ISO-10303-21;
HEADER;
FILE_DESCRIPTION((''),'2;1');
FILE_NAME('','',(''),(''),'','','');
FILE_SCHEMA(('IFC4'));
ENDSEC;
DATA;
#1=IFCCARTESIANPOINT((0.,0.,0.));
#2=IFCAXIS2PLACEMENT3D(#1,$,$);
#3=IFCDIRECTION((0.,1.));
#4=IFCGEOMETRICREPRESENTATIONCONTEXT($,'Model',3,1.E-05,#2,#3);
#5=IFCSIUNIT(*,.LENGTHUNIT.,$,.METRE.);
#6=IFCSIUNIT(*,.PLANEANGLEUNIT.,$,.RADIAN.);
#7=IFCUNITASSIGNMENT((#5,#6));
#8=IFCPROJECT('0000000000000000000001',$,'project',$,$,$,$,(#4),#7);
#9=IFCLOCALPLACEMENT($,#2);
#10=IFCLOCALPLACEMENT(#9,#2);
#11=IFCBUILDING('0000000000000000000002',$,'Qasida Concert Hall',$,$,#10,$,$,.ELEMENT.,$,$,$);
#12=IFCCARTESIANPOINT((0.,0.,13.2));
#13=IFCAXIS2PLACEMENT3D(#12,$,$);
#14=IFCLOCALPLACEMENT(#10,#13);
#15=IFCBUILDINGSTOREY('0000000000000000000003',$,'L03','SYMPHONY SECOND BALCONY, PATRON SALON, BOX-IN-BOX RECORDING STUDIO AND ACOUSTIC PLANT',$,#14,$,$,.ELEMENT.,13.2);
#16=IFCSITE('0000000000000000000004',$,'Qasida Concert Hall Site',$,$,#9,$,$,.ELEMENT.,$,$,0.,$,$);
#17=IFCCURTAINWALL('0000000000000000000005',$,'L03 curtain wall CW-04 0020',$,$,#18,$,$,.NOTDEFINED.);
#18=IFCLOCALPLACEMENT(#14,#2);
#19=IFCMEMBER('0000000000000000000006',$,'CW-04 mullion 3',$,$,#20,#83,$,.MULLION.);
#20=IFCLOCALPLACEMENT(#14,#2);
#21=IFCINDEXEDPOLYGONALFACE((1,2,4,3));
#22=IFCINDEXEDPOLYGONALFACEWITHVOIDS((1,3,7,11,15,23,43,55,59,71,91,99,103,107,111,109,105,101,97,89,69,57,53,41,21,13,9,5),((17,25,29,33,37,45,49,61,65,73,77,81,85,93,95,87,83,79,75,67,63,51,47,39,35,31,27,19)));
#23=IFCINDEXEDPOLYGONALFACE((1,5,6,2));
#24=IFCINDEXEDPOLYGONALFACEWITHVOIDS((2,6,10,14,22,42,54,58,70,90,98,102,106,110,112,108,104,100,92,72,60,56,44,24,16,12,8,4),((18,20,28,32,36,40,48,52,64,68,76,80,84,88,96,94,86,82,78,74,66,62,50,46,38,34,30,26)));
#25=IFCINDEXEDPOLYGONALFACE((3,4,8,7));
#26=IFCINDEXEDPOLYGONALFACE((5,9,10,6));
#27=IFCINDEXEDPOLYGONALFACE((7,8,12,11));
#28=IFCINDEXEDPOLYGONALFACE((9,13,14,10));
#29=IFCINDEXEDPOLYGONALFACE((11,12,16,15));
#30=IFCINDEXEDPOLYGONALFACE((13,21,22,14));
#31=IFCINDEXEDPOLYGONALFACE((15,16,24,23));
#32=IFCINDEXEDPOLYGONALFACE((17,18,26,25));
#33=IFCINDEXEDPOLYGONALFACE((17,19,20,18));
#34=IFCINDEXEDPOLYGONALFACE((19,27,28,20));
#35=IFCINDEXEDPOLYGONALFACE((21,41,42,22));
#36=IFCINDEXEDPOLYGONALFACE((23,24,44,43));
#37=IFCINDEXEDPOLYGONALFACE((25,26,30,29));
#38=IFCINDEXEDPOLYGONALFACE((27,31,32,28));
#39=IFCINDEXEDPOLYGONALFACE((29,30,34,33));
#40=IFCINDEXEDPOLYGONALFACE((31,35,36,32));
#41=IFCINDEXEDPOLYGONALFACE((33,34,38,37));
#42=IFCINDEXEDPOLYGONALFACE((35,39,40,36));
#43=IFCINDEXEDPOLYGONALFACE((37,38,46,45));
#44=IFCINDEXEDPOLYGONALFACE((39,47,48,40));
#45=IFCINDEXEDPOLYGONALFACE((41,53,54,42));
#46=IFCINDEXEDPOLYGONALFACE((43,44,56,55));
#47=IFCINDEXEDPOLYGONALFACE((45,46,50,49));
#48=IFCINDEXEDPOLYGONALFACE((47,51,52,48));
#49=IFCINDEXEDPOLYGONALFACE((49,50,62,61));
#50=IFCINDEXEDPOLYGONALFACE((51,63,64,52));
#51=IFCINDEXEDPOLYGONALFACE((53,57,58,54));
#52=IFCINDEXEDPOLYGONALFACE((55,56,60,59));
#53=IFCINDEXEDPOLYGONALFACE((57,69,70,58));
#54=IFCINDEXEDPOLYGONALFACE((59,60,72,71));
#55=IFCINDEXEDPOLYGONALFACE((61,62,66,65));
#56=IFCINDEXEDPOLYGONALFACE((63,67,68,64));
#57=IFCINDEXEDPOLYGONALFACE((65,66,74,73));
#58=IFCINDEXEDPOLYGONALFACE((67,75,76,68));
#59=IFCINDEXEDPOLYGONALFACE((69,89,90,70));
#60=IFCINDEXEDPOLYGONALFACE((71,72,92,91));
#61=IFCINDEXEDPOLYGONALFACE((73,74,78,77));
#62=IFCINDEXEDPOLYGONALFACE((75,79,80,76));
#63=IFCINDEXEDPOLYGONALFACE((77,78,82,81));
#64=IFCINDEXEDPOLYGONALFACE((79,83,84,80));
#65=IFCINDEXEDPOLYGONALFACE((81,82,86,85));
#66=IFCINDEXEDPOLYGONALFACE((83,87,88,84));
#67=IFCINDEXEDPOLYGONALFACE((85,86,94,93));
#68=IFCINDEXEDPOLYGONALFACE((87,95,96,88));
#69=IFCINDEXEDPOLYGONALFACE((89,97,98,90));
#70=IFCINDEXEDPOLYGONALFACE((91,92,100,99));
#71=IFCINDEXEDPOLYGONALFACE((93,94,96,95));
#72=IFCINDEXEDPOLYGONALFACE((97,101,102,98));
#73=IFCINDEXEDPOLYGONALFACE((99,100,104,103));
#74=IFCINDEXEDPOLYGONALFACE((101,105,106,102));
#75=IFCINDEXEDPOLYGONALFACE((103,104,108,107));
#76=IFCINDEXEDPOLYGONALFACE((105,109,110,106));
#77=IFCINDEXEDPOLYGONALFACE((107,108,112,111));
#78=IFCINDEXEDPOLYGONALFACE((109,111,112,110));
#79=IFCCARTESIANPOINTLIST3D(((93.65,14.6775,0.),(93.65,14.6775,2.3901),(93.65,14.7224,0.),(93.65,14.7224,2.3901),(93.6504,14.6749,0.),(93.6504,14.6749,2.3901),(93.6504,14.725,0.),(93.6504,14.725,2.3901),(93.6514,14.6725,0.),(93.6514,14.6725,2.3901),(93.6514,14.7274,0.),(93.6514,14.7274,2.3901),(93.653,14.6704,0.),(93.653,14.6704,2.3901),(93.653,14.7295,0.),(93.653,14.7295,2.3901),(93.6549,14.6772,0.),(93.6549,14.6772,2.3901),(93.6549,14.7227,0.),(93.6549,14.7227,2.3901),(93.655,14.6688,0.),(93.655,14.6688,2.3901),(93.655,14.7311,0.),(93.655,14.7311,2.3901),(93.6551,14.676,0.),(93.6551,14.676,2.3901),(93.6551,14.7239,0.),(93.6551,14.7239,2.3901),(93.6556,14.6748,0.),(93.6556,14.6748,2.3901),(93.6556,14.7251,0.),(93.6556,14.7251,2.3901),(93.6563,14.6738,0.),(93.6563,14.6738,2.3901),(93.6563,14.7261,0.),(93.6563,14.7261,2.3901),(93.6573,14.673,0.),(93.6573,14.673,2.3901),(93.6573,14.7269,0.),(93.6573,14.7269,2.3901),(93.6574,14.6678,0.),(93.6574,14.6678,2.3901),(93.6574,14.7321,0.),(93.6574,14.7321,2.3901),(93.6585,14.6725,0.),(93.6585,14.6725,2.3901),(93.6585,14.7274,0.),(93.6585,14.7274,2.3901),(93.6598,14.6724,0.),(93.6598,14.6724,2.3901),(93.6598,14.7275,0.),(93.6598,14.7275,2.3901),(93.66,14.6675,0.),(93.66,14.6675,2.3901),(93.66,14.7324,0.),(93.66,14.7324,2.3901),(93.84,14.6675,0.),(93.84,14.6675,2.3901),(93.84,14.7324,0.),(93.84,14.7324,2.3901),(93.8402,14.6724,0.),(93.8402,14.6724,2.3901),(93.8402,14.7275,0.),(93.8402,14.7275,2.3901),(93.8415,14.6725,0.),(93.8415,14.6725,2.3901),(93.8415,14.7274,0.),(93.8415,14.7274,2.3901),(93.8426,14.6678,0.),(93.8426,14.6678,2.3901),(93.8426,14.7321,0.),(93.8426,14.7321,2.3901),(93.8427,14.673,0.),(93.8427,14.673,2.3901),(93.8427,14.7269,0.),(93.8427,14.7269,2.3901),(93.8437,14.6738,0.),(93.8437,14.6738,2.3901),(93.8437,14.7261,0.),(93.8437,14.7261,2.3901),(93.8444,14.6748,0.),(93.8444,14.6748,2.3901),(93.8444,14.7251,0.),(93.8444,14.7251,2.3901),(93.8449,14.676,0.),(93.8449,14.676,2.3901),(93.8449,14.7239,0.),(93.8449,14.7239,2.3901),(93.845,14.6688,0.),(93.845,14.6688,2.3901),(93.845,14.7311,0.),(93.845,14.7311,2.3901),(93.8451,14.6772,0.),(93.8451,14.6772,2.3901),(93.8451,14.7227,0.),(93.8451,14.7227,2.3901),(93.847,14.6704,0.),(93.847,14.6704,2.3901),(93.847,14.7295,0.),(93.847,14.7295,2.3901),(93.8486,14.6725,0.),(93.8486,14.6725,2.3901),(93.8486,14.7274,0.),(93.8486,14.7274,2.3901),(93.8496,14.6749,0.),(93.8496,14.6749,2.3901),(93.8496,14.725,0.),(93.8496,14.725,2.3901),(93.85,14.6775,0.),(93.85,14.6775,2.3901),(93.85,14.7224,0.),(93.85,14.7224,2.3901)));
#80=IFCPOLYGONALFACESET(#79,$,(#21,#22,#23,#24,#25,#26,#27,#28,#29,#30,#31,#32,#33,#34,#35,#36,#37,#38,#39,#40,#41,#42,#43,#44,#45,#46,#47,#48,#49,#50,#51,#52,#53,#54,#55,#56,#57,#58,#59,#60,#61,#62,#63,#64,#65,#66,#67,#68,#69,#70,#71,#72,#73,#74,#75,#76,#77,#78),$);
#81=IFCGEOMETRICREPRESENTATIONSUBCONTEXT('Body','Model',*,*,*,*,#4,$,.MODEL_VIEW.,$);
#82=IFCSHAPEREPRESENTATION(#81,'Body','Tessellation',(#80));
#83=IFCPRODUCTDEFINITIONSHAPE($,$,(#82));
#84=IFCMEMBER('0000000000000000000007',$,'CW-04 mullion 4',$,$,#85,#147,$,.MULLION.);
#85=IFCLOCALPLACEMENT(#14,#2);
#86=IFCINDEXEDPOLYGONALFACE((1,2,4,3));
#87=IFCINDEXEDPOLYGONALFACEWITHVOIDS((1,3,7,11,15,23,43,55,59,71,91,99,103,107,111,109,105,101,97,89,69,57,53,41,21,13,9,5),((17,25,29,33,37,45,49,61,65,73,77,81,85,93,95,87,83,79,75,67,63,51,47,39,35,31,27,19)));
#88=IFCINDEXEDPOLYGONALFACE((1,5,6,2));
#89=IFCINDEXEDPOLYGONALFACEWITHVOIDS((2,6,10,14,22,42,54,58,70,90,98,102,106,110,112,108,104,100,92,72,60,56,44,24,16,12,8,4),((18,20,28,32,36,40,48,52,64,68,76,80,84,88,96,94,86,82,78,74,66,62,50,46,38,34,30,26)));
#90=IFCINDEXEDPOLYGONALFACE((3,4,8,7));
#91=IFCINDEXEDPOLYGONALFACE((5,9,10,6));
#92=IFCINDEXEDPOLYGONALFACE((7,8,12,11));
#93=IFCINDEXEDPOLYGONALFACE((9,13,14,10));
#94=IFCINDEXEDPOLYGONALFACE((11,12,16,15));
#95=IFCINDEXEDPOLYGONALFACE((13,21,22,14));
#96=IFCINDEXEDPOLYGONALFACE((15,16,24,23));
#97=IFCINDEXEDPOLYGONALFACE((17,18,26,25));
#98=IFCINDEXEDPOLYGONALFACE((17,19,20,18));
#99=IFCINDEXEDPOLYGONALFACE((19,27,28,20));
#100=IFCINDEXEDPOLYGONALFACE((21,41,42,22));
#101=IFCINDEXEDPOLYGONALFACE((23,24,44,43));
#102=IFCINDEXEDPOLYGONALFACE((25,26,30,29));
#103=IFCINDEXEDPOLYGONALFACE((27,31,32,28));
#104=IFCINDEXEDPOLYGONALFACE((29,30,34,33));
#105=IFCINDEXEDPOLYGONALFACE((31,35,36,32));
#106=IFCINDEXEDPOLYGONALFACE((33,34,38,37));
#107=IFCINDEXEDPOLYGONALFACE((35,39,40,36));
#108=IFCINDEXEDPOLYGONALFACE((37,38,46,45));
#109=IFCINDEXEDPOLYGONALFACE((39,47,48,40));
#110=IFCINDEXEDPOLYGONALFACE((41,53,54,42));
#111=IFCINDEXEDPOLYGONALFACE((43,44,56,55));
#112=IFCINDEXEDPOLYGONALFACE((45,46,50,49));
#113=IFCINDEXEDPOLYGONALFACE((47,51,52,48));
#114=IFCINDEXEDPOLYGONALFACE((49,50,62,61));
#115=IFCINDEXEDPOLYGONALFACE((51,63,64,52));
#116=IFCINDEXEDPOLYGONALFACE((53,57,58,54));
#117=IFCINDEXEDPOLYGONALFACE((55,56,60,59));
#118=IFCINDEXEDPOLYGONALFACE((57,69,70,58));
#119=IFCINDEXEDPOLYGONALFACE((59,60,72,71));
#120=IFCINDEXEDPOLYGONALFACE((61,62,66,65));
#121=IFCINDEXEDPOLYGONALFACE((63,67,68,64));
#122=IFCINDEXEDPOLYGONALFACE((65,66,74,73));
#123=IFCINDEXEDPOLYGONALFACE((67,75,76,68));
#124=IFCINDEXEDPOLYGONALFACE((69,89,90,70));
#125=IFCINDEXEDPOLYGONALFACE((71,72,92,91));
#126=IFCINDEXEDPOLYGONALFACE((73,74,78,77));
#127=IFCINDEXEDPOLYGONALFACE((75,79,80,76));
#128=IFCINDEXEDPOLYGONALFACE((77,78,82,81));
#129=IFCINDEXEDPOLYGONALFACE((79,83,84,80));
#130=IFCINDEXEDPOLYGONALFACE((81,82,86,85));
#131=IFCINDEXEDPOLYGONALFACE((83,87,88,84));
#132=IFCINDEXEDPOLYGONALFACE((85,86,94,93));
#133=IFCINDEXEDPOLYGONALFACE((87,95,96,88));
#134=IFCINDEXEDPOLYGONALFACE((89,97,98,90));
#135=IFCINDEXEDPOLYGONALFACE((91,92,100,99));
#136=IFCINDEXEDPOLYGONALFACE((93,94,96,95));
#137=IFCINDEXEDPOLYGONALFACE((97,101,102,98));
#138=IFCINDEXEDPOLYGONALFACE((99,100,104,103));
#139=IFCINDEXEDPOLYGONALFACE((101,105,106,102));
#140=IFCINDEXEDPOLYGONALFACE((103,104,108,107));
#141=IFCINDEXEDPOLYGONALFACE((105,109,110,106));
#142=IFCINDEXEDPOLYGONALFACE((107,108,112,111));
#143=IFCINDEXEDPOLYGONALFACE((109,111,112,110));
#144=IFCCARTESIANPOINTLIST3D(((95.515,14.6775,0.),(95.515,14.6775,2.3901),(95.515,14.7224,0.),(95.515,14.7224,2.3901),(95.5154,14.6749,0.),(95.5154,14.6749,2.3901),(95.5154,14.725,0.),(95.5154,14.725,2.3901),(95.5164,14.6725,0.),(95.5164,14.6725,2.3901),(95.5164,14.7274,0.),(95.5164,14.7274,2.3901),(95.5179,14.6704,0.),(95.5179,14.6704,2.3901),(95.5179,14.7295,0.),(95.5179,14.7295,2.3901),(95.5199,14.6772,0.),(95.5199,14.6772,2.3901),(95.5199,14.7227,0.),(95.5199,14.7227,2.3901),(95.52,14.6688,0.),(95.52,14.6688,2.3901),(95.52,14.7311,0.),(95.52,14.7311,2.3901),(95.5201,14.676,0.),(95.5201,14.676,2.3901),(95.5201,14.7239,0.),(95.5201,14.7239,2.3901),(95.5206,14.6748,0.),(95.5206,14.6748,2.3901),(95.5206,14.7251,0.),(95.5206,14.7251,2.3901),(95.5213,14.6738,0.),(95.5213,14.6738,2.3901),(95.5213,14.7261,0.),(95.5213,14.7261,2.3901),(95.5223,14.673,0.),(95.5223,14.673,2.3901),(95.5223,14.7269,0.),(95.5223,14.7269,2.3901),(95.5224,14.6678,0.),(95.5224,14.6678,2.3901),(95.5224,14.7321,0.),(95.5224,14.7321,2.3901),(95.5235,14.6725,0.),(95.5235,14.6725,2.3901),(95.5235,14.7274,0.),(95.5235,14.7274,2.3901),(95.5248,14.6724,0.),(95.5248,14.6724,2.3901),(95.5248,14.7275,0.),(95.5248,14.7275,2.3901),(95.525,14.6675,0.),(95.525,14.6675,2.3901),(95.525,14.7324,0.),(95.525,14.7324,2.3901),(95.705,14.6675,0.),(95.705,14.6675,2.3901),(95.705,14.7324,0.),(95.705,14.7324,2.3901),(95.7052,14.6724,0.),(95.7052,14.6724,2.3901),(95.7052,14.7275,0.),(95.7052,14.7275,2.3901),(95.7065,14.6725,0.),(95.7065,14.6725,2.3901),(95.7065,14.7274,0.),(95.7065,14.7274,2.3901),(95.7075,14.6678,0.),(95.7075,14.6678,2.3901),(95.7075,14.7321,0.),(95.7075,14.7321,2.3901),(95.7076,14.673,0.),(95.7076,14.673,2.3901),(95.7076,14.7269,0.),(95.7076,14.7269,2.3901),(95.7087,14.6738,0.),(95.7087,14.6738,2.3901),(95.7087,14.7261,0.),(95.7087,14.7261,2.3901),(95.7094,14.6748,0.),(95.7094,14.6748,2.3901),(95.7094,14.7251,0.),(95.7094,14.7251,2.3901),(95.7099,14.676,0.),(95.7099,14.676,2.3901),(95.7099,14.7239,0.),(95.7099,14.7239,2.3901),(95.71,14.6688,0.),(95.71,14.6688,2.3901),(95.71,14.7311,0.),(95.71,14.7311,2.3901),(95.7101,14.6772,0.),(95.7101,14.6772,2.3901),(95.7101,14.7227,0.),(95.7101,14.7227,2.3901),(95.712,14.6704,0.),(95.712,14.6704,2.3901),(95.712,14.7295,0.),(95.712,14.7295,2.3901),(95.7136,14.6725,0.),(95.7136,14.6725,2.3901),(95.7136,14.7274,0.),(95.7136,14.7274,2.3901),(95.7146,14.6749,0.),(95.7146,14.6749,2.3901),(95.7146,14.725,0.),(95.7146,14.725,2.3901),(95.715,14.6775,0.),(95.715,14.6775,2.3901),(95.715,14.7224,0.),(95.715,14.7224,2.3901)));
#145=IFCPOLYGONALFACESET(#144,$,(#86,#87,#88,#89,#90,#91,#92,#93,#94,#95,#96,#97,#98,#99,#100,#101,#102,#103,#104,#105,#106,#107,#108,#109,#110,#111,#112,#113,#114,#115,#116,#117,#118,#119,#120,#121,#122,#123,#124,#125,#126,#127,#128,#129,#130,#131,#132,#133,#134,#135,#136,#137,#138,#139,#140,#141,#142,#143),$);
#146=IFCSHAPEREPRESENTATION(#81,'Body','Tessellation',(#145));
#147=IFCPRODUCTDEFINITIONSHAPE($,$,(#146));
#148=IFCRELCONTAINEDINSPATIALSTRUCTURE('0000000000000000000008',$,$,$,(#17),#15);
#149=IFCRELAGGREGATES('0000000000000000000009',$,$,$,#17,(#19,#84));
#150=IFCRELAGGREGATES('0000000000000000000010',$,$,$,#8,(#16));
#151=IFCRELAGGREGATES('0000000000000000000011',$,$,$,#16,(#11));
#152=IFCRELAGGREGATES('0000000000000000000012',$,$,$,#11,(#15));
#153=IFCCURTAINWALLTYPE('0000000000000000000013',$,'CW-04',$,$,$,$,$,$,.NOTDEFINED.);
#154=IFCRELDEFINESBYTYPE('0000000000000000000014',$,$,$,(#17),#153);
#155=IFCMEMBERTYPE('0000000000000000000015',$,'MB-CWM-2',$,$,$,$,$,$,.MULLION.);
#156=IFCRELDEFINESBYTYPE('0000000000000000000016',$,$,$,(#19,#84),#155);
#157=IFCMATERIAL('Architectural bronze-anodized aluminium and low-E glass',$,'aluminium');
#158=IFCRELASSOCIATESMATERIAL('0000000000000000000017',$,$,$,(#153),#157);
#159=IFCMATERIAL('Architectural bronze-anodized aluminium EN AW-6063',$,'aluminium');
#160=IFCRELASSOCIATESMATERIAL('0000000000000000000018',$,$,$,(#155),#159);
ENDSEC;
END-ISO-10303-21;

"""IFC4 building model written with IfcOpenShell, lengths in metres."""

from ifc_helpers import new_model, si_unit, direction, frame, origin, origin_2d, place, context, subcontext, project, spatial, hollow_rectangle, extrude, material, material_profile, profile_set, type_object, element, aggregate, save


model = new_model("IFC4")

# Units and contexts
model_context = context("Model", 3, precision=1e-05, world=origin(), true_north=direction((0.0, 1.0)))
body_context = subcontext(model_context, "Body", "Model", "MODEL_VIEW")
ifc_project = project(units=[si_unit("LENGTHUNIT", "METRE"), si_unit("PLANEANGLEUNIT", "RADIAN")], contexts=[model_context])

# Site, building, storey
site_placement = place(None, origin())
site = spatial("IfcSite", under=ifc_project, at=site_placement, Name="Qasida Concert Hall Site", CompositionType="ELEMENT", RefElevation=0.0)
building_placement = place(site_placement, origin())
building = spatial("IfcBuilding", under=site, at=building_placement, Name="Qasida Concert Hall", CompositionType="ELEMENT")
storey_placement = place(building_placement, frame((0.0, 0.0, 13.2)))
storey = spatial("IfcBuildingStorey", under=building, at=storey_placement, Name="L03", Description="SYMPHONY SECOND BALCONY, PATRON SALON, BOX-IN-BOX RECORDING STUDIO AND ACOUSTIC PLANT", CompositionType="ELEMENT", Elevation=13.2)

# Curtain wall, members
ifc_material_1 = material(Name="Architectural bronze-anodized aluminium and low-E glass", Category="aluminium")
curtain_wall_type = type_object("IfcCurtainWallType", Name="CW-04", PredefinedType="NOTDEFINED", material=ifc_material_1)
curtain_wall_placement = place(storey_placement, origin())
curtain_wall = element("IfcCurtainWall", 1, at=curtain_wall_placement, inside=storey, type_object=curtain_wall_type, Name="L03 curtain wall CW-04 0020", PredefinedType="NOTDEFINED")
ifc_material_2 = material(Name="Architectural bronze-anodized aluminium EN AW-6063", Category="aluminium")
ifc_material_profile_1 = material_profile(ifc_material_2, hollow_rectangle(XDim=0.0649, YDim=0.2, WallThickness=0.0049, InnerFilletRadius=0.0049, OuterFilletRadius=0.01, at=origin_2d()), Name="CWM 200x65x5")
ifc_profile_set_1 = profile_set([ifc_material_profile_1], Name="Architectural bronze-anodized aluminium EN AW-6063")
member_type_1 = type_object("IfcMemberType", Name="MB-CWM-2", PredefinedType="MULLION", material=ifc_profile_set_1)
member_1_placement = place(storey_placement, frame((93.75, 14.7, 0.0), z_axis=(0.0, 0.0, 1.0), x_axis=(0.0, 1.0, 0.0)))
member_1 = element("IfcMember", 2, at=member_1_placement, type_object=member_type_1, Name="CW-04 mullion 3", PredefinedType="MULLION", context=body_context, shape_type="SweptSolid", body=[
    extrude(hollow_rectangle(XDim=0.0649, YDim=0.2, WallThickness=0.0049, InnerFilletRadius=0.0049, OuterFilletRadius=0.01, at=origin_2d()), origin(), (0.0, 0.0, 1.0), 2.3901),
])
member_2_placement = place(storey_placement, frame((95.615, 14.7, 0.0), z_axis=(0.0, 0.0, 1.0), x_axis=(0.0, 1.0, 0.0)))
member_2 = element("IfcMember", 3, at=member_2_placement, type_object=member_type_1, Name="CW-04 mullion 4", PredefinedType="MULLION", context=body_context, shape_type="SweptSolid", body=[
    extrude(hollow_rectangle(XDim=0.0649, YDim=0.2, WallThickness=0.0049, InnerFilletRadius=0.0049, OuterFilletRadius=0.01, at=origin_2d()), origin(), (0.0, 0.0, 1.0), 2.3901),
])
aggregate(curtain_wall, [member_1, member_2])

save(model, "model.ifc")
